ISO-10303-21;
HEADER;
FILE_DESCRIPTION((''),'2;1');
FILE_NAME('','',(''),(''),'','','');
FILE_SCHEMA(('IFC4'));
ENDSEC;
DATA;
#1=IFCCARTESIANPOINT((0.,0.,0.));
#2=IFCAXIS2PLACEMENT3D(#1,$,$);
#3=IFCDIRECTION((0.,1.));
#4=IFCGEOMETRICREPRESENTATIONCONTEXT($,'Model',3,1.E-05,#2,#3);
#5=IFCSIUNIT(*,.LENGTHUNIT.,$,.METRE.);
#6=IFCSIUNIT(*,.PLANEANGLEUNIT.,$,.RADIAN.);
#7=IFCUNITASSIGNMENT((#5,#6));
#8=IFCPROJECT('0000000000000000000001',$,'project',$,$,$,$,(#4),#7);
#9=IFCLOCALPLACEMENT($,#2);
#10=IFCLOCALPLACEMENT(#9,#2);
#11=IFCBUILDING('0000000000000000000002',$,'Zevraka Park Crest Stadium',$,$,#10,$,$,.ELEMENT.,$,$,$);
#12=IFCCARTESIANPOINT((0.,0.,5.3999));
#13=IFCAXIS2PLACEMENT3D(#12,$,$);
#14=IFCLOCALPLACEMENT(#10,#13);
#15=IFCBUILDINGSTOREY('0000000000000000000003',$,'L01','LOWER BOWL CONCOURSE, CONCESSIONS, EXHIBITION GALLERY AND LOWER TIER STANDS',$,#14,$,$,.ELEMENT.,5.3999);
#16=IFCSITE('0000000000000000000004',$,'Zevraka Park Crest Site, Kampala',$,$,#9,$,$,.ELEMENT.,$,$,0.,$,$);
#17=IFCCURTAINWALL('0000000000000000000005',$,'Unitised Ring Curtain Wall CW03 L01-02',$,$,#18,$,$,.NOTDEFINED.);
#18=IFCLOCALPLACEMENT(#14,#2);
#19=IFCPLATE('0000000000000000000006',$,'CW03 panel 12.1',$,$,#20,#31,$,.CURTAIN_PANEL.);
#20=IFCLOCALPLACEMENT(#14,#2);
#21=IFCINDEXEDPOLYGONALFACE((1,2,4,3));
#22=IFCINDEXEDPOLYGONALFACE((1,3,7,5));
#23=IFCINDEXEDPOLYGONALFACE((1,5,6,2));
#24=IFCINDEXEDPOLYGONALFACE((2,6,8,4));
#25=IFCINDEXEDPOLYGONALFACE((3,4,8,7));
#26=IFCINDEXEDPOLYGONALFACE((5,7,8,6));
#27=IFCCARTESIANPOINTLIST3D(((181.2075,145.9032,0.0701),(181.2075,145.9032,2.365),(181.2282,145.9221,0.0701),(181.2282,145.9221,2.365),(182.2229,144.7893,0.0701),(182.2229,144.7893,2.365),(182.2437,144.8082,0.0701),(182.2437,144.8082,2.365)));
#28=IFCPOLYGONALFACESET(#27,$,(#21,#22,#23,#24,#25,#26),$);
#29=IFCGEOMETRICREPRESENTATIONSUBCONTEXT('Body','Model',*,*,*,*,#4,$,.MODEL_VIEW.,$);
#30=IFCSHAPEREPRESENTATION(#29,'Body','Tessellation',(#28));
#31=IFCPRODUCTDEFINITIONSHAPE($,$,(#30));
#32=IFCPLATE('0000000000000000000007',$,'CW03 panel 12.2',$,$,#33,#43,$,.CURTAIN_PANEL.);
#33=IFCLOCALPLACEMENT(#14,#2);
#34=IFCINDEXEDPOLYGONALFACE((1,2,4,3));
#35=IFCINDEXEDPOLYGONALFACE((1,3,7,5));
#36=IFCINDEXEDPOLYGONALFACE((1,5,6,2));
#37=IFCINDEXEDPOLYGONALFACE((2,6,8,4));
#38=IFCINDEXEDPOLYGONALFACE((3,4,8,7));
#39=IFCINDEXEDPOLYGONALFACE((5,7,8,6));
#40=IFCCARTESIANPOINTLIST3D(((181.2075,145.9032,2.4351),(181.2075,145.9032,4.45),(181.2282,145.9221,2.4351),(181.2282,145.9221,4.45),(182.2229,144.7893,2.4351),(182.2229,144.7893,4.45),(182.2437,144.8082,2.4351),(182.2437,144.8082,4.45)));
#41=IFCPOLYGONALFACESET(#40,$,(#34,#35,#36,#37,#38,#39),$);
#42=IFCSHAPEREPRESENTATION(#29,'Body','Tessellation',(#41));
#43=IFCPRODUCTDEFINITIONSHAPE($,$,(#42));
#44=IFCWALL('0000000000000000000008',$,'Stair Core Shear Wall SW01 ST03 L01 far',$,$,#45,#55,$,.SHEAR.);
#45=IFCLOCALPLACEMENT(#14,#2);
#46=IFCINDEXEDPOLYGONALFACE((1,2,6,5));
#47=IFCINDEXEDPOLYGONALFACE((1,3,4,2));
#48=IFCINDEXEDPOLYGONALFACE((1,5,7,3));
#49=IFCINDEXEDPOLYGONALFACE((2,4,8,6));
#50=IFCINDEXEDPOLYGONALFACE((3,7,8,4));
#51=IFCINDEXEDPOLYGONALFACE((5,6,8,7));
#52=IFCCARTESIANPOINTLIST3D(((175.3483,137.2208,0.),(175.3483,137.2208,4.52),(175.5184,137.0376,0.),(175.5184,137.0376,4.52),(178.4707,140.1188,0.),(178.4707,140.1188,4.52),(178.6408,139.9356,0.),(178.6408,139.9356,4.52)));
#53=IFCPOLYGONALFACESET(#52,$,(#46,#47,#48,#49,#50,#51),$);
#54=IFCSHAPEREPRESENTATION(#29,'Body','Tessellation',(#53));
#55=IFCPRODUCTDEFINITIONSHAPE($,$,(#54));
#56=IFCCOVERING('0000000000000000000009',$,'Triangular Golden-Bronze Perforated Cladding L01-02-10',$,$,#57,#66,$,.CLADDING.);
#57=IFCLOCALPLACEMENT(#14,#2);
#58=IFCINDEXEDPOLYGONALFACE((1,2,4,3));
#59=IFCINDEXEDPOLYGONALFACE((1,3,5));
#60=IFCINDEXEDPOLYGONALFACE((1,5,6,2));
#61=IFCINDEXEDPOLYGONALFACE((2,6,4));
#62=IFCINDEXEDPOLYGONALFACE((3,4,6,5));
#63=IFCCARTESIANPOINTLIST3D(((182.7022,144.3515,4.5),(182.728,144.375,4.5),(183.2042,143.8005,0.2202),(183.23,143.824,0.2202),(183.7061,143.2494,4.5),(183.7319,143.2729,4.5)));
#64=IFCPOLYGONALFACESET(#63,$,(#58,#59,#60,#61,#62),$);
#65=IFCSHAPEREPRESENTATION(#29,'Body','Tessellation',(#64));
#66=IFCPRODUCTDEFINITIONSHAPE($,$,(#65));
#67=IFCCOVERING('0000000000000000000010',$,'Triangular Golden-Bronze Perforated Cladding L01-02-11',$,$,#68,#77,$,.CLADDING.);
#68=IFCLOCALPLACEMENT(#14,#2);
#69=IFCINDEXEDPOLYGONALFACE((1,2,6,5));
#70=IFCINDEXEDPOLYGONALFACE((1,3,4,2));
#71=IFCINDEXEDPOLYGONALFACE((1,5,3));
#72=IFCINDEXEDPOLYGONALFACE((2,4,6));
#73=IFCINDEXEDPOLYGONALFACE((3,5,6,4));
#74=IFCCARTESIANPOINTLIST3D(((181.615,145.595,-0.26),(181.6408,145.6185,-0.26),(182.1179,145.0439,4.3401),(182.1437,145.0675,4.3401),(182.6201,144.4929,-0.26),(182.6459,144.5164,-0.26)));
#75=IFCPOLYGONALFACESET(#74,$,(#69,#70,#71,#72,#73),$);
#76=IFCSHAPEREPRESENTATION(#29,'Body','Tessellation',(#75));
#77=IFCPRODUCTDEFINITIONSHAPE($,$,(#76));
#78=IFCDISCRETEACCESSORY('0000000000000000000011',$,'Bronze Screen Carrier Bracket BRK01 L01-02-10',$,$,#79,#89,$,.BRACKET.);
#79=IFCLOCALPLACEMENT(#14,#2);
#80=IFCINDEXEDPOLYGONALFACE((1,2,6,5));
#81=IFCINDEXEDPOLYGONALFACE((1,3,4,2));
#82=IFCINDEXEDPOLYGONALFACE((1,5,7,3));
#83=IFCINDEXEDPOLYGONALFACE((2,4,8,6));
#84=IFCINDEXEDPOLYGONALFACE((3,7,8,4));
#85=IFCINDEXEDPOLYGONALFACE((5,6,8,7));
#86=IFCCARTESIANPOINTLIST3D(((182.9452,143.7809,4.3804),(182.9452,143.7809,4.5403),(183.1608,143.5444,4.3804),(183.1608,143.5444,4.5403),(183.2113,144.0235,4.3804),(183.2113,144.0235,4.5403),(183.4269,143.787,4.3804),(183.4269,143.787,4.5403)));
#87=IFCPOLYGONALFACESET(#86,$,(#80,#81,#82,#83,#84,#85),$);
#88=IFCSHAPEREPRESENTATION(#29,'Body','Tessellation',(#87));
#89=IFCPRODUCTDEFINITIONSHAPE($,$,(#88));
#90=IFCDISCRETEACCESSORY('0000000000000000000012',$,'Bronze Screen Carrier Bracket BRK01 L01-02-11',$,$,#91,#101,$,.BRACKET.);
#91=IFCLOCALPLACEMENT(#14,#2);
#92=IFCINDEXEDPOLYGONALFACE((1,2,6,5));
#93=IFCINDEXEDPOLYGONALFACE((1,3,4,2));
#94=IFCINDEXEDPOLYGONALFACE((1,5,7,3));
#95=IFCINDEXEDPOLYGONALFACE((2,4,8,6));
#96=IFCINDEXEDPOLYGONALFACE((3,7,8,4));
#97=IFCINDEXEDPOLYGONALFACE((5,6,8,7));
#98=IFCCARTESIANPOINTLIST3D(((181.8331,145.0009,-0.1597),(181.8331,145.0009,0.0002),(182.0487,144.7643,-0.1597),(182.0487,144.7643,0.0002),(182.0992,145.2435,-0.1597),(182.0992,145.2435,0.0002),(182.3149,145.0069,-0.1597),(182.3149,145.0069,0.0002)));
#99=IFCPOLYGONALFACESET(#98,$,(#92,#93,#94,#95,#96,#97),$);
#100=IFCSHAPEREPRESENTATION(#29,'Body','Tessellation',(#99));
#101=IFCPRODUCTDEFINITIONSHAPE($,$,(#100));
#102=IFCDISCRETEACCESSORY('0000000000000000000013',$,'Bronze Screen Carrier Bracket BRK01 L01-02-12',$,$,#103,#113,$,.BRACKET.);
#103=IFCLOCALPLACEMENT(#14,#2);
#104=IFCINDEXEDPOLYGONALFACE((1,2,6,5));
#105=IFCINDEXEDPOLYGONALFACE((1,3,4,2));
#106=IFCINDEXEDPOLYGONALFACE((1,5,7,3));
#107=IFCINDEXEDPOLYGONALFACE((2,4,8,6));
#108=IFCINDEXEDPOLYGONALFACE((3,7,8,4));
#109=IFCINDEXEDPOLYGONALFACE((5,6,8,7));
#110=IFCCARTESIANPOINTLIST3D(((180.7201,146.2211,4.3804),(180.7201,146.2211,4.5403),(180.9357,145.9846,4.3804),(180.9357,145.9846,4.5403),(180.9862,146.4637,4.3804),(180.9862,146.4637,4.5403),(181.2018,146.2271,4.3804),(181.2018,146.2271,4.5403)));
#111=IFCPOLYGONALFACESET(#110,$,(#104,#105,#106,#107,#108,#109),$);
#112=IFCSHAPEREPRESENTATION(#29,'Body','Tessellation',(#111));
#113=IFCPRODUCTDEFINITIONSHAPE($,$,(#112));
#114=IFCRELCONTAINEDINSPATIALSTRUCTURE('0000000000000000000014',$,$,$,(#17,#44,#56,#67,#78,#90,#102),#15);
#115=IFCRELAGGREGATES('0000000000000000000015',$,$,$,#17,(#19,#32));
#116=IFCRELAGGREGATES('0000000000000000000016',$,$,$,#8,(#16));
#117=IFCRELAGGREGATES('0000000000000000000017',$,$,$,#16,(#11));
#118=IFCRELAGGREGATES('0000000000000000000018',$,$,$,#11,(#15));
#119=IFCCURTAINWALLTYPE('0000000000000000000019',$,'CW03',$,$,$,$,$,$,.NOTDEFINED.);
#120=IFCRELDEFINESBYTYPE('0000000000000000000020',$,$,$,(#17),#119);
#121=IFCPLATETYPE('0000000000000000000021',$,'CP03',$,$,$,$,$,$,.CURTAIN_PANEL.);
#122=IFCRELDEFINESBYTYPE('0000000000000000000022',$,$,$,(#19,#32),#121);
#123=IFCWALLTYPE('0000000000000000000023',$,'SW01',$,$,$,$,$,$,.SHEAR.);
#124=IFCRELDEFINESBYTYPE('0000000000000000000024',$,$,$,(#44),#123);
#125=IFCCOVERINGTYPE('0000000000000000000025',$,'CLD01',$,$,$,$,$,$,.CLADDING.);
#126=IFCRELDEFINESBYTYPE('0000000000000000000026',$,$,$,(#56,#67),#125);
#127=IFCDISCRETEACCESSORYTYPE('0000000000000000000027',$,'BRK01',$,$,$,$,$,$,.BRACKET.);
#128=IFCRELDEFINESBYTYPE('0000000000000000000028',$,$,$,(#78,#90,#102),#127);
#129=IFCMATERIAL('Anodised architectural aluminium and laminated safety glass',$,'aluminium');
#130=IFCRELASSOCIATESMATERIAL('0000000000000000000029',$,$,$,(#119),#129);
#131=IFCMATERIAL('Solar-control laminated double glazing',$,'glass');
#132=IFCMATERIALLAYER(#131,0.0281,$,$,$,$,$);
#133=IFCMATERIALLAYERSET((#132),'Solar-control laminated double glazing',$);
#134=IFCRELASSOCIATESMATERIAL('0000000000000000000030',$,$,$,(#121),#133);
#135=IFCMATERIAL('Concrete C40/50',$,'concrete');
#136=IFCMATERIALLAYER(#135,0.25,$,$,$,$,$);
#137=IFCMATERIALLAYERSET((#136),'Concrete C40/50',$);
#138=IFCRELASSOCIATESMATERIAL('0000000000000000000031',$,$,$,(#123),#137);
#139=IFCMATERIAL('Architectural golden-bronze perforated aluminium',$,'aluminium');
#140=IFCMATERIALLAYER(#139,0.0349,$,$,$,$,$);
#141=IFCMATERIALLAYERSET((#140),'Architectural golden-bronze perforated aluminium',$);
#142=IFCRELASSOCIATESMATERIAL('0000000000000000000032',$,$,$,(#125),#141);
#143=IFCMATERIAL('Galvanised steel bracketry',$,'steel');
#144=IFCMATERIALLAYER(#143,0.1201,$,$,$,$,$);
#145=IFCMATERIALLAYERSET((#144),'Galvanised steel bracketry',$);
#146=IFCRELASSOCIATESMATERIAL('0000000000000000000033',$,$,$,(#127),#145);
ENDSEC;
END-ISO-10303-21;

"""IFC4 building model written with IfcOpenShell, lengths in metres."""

from ifc_helpers import new_model, si_unit, direction, frame, frame_2d, origin, origin_2d, place, context, subcontext, project, spatial, polyline, rectangle, outline, extrude, material, layer, layer_set, type_object, element, aggregate, save


model = new_model("IFC4")

# Units and contexts
model_context = context("Model", 3, precision=1e-05, world=origin(), true_north=direction((0.0, 1.0)))
body_context = subcontext(model_context, "Body", "Model", "MODEL_VIEW")
ifc_project = project(units=[si_unit("LENGTHUNIT", "METRE"), si_unit("PLANEANGLEUNIT", "RADIAN")], contexts=[model_context])

# Site, building, storey
site_placement = place(None, origin())
site = spatial("IfcSite", under=ifc_project, at=site_placement, Name="Zevraka Park Crest Site, Kampala", CompositionType="ELEMENT", RefElevation=0.0)
building_placement = place(site_placement, origin())
building = spatial("IfcBuilding", under=site, at=building_placement, Name="Zevraka Park Crest Stadium", CompositionType="ELEMENT")
storey_placement = place(building_placement, frame((0.0, 0.0, 5.3999)))
storey = spatial("IfcBuildingStorey", under=building, at=storey_placement, Name="L01", Description="LOWER BOWL CONCOURSE, CONCESSIONS, EXHIBITION GALLERY AND LOWER TIER STANDS", CompositionType="ELEMENT", Elevation=5.3999)

# Curtain wall
ifc_material_1 = material(Name="Anodised architectural aluminium and laminated safety glass", Category="aluminium")
curtain_wall_type = type_object("IfcCurtainWallType", Name="CW03", PredefinedType="NOTDEFINED", material=ifc_material_1)
curtain_wall_placement = place(storey_placement, origin())
curtain_wall = element("IfcCurtainWall", 1, at=curtain_wall_placement, inside=storey, type_object=curtain_wall_type, Name="Unitised Ring Curtain Wall CW03 L01-02", PredefinedType="NOTDEFINED")

# Plates
ifc_material_2 = material(Name="Solar-control laminated double glazing", Category="glass")
ifc_layer_1 = layer(ifc_material_2, 0.0281)
ifc_layer_set_1 = layer_set([ifc_layer_1], Name="Solar-control laminated double glazing")
plate_type = type_object("IfcPlateType", Name="CP03", PredefinedType="CURTAIN_PANEL", material=ifc_layer_set_1)
plate_1_placement = place(storey_placement, frame((181.7256, 145.3557, 0.0701), z_axis=(0.0, 0.0, 1.0), x_axis=(-0.67368, 0.739023, 0.0)))
plate_1 = element("IfcPlate", 2, at=plate_1_placement, type_object=plate_type, Name="CW03 panel 12.1", PredefinedType="CURTAIN_PANEL", context=body_context, shape_type="SweptSolid", body=[
    extrude(rectangle(XDim=1.5073, YDim=0.0281, at=origin_2d()), origin(), (0.0, 0.0, 1.0), 2.2949),
])
plate_2_placement = place(storey_placement, frame((181.7256, 145.3557, 2.4351), z_axis=(0.0, 0.0, 1.0), x_axis=(-0.67368, 0.739023, 0.0)))
plate_2 = element("IfcPlate", 3, at=plate_2_placement, type_object=plate_type, Name="CW03 panel 12.2", PredefinedType="CURTAIN_PANEL", context=body_context, shape_type="SweptSolid", body=[
    extrude(rectangle(XDim=1.5073, YDim=0.0281, at=origin_2d()), origin(), (0.0, 0.0, 1.0), 2.0149),
])
aggregate(curtain_wall, [plate_1, plate_2])

# Wall
ifc_material_3 = material(Name="Concrete C40/50", Category="concrete")
ifc_layer_2 = layer(ifc_material_3, 0.25)
ifc_layer_set_2 = layer_set([ifc_layer_2], Name="Concrete C40/50")
wall_type = type_object("IfcWallType", Name="SW01", PredefinedType="SHEAR", material=ifc_layer_set_2)
wall_placement = place(storey_placement, frame((178.5557, 140.0271, 0.0), z_axis=(0.0, 0.0, 1.0), x_axis=(-0.732951, -0.680282, 0.0)))
element("IfcWall", 4, at=wall_placement, inside=storey, type_object=wall_type, Name="Stair Core Shear Wall SW01 ST03 L01 far", PredefinedType="SHEAR", context=body_context, shape_type="SweptSolid", body=[
    extrude(rectangle(XDim=4.26, YDim=0.25, at=frame_2d((2.1299, 0.0))), origin(), (0.0, 0.0, 1.0), 4.52),
])

# Coverings
ifc_material_4 = material(Name="Architectural golden-bronze perforated aluminium", Category="aluminium")
ifc_layer_3 = layer(ifc_material_4, 0.0349)
ifc_layer_set_3 = layer_set([ifc_layer_3], Name="Architectural golden-bronze perforated aluminium")
covering_type = type_object("IfcCoveringType", Name="CLD01", PredefinedType="CLADDING", material=ifc_layer_set_3)
covering_1_placement = place(storey_placement, frame((182.728, 144.375, 4.5), z_axis=(0.739258, 0.673422, 0.0), x_axis=(0.673422, -0.739258, 0.0)))
element("IfcCovering", 5, at=covering_1_placement, inside=storey, type_object=covering_type, Name="Triangular Golden-Bronze Perforated Cladding L01-02-10", PredefinedType="CLADDING", context=body_context, shape_type="SweptSolid", body=[
    extrude(outline(polyline([(0.0, 0.0), (1.4908, 0.0), (0.7454, 4.2798), (0.0, 0.0)])), origin(), (0.0, 0.0, -1.0), 0.0349),
])
covering_2_placement = place(storey_placement, frame((182.6201, 144.4929, -0.26), z_axis=(-0.73885, -0.67387, 0.000059), x_axis=(-0.67387, 0.73885, 0.0)))
element("IfcCovering", 6, at=covering_2_placement, inside=storey, type_object=covering_type, Name="Triangular Golden-Bronze Perforated Cladding L01-02-11", PredefinedType="CLADDING", context=body_context, shape_type="SweptSolid", body=[
    extrude(outline(polyline([(0.0, 0.0), (1.4916, 0.0), (0.7455, -4.6001), (0.0, 0.0)])), origin(), (0.0, 0.0, -1.0), 0.0349),
])

# Discrete accessories
ifc_material_5 = material(Name="Galvanised steel bracketry", Category="steel")
ifc_layer_4 = layer(ifc_material_5, 0.1201)
ifc_layer_set_4 = layer_set([ifc_layer_4], Name="Galvanised steel bracketry")
discrete_accessory_type = type_object("IfcDiscreteAccessoryType", Name="BRK01", PredefinedType="BRACKET", material=ifc_layer_set_4)
for number, where, z_axis, x_axis, name in (
    (7, (183.186, 143.7839, 4.3804), (0.0, 0.0, 1.0), (-0.673658, 0.739043, 0.0), "Bronze Screen Carrier Bracket BRK01 L01-02-10"),
    (8, (182.074, 145.0039, -0.1597), (0.0, 0.0, 1.0), (-0.673658, 0.739043, 0.0), "Bronze Screen Carrier Bracket BRK01 L01-02-11"),
    (9, (180.9609, 146.2241, 4.3804), (0.0, 0.0, 1.0), (-0.673658, 0.739043, 0.0), "Bronze Screen Carrier Bracket BRK01 L01-02-12"),
):
    element("IfcDiscreteAccessory", number, at=place(storey_placement, frame(where, z_axis=z_axis, x_axis=x_axis)), inside=storey, type_object=discrete_accessory_type, Name=name, PredefinedType="BRACKET", context=body_context, shape_type="SweptSolid", body=[
        extrude(rectangle(XDim=0.3201, YDim=0.3601, at=origin_2d()), origin(), (0.0, 0.0, 1.0), 0.1599),
    ])

save(model, "model.ifc")
